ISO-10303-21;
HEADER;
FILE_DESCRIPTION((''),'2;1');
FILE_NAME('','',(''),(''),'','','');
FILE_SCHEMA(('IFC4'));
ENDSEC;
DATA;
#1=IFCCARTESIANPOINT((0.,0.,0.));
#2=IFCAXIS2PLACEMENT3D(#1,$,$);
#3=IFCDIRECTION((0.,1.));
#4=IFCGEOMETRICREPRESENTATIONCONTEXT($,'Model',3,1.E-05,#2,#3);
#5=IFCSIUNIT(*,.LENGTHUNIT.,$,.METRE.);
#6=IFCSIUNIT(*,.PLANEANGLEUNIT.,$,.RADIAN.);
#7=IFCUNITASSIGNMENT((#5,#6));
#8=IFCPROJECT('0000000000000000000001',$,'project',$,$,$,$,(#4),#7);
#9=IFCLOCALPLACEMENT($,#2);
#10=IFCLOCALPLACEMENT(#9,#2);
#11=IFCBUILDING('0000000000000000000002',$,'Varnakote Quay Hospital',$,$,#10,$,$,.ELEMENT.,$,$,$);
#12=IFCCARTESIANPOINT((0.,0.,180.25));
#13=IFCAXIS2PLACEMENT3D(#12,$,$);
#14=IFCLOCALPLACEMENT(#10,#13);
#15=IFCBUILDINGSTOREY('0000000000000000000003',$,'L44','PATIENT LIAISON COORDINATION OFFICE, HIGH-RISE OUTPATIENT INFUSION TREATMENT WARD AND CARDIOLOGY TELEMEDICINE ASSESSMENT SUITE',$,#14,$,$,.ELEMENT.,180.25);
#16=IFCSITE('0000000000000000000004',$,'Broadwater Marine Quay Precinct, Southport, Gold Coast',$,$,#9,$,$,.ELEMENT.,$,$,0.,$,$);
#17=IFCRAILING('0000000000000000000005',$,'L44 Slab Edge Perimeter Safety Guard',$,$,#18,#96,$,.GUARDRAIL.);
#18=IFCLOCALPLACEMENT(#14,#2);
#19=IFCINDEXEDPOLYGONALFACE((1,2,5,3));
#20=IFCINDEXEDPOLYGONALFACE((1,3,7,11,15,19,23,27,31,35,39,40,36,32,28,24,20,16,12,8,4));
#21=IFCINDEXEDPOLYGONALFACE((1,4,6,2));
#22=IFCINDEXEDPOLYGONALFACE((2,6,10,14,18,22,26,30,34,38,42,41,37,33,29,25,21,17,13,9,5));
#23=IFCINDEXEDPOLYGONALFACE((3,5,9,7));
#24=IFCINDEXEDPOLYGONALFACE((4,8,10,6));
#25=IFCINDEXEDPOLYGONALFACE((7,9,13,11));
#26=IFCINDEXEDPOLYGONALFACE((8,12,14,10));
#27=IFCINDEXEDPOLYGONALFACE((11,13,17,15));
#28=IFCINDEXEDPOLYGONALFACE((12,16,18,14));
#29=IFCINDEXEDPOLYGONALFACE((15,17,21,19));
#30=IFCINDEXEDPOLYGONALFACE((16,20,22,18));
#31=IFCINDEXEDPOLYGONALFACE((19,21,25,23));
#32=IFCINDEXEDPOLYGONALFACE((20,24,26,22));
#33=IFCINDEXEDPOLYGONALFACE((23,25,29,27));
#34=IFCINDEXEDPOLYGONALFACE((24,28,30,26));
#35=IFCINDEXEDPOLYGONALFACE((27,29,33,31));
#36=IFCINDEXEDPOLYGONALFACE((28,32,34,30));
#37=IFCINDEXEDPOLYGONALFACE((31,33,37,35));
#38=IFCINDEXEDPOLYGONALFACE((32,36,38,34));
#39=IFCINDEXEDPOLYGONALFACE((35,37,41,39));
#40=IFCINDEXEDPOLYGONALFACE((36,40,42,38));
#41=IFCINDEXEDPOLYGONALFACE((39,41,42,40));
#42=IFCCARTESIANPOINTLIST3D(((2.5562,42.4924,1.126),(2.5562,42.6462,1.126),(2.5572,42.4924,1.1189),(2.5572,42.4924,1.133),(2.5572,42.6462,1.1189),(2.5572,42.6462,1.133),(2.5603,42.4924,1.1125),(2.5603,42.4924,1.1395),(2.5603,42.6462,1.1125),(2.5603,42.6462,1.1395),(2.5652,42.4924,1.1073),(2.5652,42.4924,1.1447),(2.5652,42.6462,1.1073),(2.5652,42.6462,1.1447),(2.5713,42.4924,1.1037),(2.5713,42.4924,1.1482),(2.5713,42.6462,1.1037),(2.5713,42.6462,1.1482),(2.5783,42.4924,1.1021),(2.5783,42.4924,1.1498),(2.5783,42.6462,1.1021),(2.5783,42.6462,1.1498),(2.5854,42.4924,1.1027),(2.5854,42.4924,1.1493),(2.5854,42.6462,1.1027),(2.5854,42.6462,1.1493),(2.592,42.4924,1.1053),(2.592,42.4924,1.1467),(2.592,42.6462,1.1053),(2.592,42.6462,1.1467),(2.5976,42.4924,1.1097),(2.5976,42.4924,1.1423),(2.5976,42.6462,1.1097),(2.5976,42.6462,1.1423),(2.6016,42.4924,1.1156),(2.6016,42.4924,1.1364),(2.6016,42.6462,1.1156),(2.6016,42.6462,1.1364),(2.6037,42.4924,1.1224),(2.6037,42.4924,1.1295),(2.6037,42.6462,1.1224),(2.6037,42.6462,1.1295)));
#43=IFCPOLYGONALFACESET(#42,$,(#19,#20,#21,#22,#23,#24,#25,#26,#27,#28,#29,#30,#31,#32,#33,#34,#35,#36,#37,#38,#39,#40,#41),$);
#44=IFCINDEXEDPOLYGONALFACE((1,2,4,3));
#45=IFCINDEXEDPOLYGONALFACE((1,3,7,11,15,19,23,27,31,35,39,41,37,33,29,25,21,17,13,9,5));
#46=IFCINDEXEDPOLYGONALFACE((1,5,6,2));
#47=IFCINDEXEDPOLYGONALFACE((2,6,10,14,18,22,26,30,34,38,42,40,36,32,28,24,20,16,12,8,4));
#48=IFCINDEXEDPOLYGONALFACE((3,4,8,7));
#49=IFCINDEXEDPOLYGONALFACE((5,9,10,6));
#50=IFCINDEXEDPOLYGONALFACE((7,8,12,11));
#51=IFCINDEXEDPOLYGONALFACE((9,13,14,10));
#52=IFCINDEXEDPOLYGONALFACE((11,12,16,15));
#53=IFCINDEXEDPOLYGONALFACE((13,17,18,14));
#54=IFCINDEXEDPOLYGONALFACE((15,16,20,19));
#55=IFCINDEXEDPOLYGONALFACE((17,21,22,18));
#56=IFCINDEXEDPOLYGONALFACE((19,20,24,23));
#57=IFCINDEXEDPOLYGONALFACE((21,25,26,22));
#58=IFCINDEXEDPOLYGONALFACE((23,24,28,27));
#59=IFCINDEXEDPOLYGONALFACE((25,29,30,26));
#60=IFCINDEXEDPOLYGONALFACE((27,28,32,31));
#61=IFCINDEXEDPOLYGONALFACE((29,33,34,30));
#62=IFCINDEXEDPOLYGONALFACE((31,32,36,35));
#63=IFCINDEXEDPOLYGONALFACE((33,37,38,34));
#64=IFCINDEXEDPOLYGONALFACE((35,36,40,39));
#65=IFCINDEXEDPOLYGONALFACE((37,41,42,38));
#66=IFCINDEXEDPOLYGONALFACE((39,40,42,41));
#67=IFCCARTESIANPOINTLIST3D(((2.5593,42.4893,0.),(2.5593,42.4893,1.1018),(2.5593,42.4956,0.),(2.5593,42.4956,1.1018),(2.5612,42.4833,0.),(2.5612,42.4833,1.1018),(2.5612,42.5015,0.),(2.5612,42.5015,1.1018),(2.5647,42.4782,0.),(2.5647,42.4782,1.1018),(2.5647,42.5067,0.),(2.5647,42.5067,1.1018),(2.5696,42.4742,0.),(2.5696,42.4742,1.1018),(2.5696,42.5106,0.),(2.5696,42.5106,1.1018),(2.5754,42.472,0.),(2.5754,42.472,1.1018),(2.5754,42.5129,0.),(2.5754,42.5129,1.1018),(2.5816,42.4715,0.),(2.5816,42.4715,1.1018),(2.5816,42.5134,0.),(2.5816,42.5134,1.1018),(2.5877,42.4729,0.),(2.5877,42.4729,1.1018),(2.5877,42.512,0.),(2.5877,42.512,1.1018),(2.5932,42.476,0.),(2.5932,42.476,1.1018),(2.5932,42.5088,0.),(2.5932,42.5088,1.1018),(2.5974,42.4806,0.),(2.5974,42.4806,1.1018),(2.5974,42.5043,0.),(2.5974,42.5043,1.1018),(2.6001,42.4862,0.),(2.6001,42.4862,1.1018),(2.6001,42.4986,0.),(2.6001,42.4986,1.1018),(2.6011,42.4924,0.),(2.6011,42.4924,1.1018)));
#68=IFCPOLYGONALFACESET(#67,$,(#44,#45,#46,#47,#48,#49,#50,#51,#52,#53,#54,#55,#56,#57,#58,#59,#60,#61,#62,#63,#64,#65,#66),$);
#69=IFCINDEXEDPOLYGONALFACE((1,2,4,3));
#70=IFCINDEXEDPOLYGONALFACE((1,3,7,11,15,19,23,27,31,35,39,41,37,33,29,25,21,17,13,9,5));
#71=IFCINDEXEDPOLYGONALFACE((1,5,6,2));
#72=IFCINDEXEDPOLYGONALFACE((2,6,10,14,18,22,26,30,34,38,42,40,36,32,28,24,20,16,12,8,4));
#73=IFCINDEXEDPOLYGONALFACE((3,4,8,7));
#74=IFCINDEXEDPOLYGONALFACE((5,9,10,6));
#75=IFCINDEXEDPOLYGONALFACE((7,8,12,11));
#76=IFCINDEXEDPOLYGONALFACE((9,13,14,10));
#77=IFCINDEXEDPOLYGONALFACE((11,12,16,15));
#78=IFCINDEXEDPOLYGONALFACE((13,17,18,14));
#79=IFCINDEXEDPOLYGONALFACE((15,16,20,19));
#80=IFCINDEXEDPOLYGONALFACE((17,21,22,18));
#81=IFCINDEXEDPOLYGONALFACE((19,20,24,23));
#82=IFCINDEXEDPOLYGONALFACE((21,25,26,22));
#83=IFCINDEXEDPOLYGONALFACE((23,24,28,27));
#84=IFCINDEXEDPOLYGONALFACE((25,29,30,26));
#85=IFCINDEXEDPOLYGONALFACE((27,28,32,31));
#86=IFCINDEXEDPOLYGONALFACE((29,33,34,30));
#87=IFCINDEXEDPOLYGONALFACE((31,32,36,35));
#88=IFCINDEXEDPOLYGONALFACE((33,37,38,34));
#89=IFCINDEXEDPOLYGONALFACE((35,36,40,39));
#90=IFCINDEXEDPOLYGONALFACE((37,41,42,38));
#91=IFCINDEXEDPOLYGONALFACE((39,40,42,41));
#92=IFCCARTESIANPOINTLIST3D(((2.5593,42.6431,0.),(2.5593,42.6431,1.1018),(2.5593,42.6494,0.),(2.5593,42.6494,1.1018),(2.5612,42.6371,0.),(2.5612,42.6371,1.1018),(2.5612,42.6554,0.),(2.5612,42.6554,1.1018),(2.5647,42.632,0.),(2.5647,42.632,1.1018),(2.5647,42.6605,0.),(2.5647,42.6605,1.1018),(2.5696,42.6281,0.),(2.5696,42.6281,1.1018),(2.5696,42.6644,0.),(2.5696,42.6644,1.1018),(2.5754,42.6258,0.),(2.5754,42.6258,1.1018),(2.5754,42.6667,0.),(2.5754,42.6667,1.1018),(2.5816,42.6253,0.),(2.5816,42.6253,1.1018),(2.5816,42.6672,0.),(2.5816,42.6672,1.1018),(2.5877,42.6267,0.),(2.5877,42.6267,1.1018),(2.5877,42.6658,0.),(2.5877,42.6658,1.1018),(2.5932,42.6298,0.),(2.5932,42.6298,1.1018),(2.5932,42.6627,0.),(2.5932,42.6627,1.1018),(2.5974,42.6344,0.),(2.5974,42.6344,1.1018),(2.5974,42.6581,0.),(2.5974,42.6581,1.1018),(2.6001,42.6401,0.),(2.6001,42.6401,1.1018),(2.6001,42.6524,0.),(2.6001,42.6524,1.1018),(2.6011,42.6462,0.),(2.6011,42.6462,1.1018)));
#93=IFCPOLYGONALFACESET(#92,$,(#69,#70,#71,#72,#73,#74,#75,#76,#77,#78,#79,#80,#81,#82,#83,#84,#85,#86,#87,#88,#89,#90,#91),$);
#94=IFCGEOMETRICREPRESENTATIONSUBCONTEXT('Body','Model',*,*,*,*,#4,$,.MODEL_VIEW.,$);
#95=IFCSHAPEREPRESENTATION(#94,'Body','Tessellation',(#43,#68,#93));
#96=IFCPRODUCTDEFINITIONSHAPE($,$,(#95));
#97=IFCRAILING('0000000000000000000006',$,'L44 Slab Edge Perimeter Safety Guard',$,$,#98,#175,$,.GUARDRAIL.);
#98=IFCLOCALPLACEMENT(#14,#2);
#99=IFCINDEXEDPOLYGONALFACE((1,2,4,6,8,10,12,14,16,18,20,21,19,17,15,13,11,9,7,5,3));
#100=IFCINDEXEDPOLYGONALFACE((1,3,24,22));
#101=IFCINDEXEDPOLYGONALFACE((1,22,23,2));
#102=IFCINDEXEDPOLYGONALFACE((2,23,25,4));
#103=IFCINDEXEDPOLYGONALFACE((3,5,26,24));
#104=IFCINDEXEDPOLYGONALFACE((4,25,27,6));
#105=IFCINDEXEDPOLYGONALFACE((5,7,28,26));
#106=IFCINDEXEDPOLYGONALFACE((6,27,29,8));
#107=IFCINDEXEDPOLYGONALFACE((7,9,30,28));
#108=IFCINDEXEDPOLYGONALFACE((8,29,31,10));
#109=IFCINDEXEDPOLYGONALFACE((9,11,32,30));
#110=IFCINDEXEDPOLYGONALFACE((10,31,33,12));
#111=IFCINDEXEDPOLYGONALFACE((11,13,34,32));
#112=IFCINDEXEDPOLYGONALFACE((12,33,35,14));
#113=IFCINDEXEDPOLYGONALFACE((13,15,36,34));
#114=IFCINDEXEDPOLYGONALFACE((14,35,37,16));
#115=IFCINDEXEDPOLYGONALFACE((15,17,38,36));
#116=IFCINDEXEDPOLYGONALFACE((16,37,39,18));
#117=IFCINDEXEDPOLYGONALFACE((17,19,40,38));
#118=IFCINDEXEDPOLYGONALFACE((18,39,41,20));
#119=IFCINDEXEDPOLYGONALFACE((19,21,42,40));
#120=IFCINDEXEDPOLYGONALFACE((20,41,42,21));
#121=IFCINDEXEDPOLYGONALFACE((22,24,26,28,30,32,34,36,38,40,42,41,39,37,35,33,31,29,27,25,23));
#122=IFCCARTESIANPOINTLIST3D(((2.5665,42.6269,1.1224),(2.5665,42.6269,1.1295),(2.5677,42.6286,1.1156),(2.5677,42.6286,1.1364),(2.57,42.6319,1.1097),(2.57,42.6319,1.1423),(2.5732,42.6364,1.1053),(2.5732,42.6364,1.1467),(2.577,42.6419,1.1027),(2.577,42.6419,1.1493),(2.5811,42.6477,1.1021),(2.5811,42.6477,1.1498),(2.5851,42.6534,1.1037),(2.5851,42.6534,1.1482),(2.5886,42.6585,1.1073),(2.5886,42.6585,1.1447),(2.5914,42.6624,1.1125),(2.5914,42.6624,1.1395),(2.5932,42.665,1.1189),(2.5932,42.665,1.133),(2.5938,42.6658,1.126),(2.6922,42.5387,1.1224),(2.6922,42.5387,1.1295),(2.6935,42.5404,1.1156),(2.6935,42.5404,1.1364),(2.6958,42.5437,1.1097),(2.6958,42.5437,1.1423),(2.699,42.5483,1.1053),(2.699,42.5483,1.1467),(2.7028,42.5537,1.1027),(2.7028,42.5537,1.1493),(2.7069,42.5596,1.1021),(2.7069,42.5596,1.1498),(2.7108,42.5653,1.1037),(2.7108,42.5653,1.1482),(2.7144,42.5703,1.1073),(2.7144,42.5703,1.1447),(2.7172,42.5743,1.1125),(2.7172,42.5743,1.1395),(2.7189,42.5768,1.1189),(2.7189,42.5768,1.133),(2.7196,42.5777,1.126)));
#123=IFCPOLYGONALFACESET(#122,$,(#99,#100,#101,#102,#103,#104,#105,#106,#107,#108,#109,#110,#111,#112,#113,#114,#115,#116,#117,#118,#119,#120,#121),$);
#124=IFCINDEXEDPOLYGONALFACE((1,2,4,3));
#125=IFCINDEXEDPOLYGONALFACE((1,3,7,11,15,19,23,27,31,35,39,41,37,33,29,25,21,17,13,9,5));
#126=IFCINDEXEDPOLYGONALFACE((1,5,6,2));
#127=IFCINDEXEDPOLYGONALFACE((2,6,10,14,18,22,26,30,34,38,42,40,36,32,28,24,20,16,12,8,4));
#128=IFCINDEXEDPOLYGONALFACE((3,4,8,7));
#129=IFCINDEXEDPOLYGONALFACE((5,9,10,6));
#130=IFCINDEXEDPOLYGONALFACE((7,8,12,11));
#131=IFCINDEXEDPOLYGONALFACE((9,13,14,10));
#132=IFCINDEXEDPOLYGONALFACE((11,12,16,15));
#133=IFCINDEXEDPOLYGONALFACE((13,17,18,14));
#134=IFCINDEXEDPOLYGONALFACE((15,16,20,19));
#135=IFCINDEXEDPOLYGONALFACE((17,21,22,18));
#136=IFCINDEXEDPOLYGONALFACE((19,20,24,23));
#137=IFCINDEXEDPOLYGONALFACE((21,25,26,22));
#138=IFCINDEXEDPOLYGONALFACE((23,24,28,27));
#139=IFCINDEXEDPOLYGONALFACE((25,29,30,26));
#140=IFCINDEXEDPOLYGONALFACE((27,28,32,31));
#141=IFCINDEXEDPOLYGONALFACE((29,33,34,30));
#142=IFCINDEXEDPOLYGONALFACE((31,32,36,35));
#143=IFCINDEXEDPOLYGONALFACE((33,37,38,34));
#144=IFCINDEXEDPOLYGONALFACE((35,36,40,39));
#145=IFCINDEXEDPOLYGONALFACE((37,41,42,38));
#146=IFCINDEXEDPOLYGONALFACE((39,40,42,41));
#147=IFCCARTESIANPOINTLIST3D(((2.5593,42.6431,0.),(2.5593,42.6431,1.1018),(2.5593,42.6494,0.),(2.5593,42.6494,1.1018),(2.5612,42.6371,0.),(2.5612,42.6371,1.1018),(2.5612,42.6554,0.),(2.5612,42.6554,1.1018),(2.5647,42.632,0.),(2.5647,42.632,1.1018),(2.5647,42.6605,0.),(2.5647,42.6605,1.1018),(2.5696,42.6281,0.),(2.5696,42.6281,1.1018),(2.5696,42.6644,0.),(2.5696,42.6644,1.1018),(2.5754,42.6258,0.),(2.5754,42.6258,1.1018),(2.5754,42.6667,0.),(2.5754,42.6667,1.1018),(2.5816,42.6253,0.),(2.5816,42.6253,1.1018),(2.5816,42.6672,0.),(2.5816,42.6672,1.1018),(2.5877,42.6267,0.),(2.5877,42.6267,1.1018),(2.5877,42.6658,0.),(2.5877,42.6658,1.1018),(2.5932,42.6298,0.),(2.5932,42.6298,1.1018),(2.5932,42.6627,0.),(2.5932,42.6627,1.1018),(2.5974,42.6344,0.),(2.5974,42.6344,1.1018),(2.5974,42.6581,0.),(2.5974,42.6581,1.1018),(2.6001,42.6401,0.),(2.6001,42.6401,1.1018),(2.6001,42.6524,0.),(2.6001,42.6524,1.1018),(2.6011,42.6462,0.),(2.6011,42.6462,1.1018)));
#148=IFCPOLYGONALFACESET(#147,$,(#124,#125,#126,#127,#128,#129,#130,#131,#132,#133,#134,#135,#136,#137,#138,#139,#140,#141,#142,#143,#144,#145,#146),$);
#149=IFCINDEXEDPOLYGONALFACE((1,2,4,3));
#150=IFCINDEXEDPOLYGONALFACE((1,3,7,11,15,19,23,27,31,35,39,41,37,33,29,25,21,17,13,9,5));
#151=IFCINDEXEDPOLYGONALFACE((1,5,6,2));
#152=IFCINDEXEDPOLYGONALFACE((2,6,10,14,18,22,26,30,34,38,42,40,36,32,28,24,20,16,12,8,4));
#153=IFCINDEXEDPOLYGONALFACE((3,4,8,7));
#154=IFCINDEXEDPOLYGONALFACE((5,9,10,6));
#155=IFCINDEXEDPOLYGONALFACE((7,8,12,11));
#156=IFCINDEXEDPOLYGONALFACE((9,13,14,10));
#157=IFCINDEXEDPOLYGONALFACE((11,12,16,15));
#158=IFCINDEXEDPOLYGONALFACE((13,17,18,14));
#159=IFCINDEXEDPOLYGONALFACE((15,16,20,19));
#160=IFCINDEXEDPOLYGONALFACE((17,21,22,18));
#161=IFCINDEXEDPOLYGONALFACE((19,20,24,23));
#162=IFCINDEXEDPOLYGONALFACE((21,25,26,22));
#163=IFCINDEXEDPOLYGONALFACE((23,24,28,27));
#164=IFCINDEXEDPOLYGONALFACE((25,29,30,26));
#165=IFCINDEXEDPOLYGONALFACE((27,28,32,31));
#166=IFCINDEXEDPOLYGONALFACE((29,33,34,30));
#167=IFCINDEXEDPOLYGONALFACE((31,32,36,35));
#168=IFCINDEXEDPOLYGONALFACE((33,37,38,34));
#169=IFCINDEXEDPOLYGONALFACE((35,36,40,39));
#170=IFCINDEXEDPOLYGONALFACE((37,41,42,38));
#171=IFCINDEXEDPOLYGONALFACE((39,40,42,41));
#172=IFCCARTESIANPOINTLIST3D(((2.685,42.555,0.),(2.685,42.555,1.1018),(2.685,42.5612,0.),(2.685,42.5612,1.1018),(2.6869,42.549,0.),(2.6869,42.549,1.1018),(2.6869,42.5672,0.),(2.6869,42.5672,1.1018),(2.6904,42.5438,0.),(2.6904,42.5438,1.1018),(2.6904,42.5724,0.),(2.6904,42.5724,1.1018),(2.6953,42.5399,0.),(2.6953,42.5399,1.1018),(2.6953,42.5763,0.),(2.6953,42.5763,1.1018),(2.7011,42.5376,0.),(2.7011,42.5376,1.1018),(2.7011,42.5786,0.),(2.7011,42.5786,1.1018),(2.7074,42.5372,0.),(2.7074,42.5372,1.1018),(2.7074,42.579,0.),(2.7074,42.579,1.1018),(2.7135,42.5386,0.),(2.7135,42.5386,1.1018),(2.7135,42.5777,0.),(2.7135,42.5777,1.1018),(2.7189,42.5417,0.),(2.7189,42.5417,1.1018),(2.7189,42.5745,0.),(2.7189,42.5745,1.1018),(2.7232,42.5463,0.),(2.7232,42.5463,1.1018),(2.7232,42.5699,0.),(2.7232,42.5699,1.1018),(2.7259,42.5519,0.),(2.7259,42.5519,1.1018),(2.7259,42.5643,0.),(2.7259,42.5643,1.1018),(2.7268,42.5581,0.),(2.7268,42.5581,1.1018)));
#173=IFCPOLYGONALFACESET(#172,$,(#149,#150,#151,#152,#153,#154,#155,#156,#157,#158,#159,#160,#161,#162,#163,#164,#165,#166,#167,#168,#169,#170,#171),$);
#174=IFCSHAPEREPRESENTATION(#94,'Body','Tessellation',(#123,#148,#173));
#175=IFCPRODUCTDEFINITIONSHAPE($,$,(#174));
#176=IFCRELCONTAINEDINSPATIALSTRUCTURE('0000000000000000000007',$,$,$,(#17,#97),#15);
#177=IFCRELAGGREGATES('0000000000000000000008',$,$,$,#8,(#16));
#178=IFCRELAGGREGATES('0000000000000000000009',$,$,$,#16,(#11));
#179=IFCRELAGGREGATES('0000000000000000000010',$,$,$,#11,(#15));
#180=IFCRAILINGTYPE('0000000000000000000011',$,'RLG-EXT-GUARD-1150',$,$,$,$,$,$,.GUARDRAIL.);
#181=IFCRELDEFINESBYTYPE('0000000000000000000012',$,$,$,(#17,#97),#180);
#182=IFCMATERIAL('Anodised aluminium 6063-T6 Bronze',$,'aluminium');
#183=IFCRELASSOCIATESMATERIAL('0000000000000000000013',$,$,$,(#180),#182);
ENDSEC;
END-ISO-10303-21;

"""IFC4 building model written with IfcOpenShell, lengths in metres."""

from ifc_helpers import new_model, si_unit, direction, frame, origin, origin_2d, place, context, subcontext, project, spatial, circle, extrude, material, type_object, element, save


model = new_model("IFC4")

# Units and contexts
model_context = context("Model", 3, precision=1e-05, world=origin(), true_north=direction((0.0, 1.0)))
body_context = subcontext(model_context, "Body", "Model", "MODEL_VIEW")
ifc_project = project(units=[si_unit("LENGTHUNIT", "METRE"), si_unit("PLANEANGLEUNIT", "RADIAN")], contexts=[model_context])

# Site, building, storey
site_placement = place(None, origin())
site = spatial("IfcSite", under=ifc_project, at=site_placement, Name="Broadwater Marine Quay Precinct, Southport, Gold Coast", CompositionType="ELEMENT", RefElevation=0.0)
building_placement = place(site_placement, origin())
building = spatial("IfcBuilding", under=site, at=building_placement, Name="Varnakote Quay Hospital", CompositionType="ELEMENT")
storey_placement = place(building_placement, frame((0.0, 0.0, 180.25)))
storey = spatial("IfcBuildingStorey", under=building, at=storey_placement, Name="L44", Description="PATIENT LIAISON COORDINATION OFFICE, HIGH-RISE OUTPATIENT INFUSION TREATMENT WARD AND CARDIOLOGY TELEMEDICINE ASSESSMENT SUITE", CompositionType="ELEMENT", Elevation=180.25)

# Railings
ifc_material_1 = material(Name="Anodised aluminium 6063-T6 Bronze", Category="aluminium")
railing_type = type_object("IfcRailingType", Name="RLG-EXT-GUARD-1150", PredefinedType="GUARDRAIL", material=ifc_material_1)
railing_1_placement = place(storey_placement, frame((2.5801, 42.4924, 0.0)))
element("IfcRailing", 1, at=railing_1_placement, inside=storey, type_object=railing_type, Name="L44 Slab Edge Perimeter Safety Guard", PredefinedType="GUARDRAIL", context=body_context, shape_type="SweptSolid", body=[
    extrude(circle(Radius=0.0239, at=origin_2d()), frame((0.0, 0.0, 1.126), z_axis=(0.0, 1.0, 0.0), x_axis=(-1.0, 0.0, 0.0)), (0.0, 0.0, 1.0), 0.1538),
    extrude(circle(Radius=0.021, at=origin_2d()), origin(), (0.0, 0.0, 1.0), 1.1018),
    extrude(circle(Radius=0.021, at=origin_2d()), frame((0.0, 0.1538, 0.0)), (0.0, 0.0, 1.0), 1.1018),
])
railing_2_placement = place(storey_placement, frame((2.5801, 42.6462, 0.0)))
element("IfcRailing", 2, at=railing_2_placement, inside=storey, type_object=railing_type, Name="L44 Slab Edge Perimeter Safety Guard", PredefinedType="GUARDRAIL", context=body_context, shape_type="SweptSolid", body=[
    extrude(circle(Radius=0.0239, at=origin_2d()), frame((0.0, 0.0, 1.126), z_axis=(0.818858, -0.573996, 0.0), x_axis=(0.573996, 0.818858, 0.0)), (0.0, 0.0, 1.0), 0.1536),
    extrude(circle(Radius=0.021, at=origin_2d()), origin(), (0.0, 0.0, 1.0), 1.1018),
    extrude(circle(Radius=0.021, at=origin_2d()), frame((0.1257, -0.0881, 0.0)), (0.0, 0.0, 1.0), 1.1018),
])

save(model, "model.ifc")
